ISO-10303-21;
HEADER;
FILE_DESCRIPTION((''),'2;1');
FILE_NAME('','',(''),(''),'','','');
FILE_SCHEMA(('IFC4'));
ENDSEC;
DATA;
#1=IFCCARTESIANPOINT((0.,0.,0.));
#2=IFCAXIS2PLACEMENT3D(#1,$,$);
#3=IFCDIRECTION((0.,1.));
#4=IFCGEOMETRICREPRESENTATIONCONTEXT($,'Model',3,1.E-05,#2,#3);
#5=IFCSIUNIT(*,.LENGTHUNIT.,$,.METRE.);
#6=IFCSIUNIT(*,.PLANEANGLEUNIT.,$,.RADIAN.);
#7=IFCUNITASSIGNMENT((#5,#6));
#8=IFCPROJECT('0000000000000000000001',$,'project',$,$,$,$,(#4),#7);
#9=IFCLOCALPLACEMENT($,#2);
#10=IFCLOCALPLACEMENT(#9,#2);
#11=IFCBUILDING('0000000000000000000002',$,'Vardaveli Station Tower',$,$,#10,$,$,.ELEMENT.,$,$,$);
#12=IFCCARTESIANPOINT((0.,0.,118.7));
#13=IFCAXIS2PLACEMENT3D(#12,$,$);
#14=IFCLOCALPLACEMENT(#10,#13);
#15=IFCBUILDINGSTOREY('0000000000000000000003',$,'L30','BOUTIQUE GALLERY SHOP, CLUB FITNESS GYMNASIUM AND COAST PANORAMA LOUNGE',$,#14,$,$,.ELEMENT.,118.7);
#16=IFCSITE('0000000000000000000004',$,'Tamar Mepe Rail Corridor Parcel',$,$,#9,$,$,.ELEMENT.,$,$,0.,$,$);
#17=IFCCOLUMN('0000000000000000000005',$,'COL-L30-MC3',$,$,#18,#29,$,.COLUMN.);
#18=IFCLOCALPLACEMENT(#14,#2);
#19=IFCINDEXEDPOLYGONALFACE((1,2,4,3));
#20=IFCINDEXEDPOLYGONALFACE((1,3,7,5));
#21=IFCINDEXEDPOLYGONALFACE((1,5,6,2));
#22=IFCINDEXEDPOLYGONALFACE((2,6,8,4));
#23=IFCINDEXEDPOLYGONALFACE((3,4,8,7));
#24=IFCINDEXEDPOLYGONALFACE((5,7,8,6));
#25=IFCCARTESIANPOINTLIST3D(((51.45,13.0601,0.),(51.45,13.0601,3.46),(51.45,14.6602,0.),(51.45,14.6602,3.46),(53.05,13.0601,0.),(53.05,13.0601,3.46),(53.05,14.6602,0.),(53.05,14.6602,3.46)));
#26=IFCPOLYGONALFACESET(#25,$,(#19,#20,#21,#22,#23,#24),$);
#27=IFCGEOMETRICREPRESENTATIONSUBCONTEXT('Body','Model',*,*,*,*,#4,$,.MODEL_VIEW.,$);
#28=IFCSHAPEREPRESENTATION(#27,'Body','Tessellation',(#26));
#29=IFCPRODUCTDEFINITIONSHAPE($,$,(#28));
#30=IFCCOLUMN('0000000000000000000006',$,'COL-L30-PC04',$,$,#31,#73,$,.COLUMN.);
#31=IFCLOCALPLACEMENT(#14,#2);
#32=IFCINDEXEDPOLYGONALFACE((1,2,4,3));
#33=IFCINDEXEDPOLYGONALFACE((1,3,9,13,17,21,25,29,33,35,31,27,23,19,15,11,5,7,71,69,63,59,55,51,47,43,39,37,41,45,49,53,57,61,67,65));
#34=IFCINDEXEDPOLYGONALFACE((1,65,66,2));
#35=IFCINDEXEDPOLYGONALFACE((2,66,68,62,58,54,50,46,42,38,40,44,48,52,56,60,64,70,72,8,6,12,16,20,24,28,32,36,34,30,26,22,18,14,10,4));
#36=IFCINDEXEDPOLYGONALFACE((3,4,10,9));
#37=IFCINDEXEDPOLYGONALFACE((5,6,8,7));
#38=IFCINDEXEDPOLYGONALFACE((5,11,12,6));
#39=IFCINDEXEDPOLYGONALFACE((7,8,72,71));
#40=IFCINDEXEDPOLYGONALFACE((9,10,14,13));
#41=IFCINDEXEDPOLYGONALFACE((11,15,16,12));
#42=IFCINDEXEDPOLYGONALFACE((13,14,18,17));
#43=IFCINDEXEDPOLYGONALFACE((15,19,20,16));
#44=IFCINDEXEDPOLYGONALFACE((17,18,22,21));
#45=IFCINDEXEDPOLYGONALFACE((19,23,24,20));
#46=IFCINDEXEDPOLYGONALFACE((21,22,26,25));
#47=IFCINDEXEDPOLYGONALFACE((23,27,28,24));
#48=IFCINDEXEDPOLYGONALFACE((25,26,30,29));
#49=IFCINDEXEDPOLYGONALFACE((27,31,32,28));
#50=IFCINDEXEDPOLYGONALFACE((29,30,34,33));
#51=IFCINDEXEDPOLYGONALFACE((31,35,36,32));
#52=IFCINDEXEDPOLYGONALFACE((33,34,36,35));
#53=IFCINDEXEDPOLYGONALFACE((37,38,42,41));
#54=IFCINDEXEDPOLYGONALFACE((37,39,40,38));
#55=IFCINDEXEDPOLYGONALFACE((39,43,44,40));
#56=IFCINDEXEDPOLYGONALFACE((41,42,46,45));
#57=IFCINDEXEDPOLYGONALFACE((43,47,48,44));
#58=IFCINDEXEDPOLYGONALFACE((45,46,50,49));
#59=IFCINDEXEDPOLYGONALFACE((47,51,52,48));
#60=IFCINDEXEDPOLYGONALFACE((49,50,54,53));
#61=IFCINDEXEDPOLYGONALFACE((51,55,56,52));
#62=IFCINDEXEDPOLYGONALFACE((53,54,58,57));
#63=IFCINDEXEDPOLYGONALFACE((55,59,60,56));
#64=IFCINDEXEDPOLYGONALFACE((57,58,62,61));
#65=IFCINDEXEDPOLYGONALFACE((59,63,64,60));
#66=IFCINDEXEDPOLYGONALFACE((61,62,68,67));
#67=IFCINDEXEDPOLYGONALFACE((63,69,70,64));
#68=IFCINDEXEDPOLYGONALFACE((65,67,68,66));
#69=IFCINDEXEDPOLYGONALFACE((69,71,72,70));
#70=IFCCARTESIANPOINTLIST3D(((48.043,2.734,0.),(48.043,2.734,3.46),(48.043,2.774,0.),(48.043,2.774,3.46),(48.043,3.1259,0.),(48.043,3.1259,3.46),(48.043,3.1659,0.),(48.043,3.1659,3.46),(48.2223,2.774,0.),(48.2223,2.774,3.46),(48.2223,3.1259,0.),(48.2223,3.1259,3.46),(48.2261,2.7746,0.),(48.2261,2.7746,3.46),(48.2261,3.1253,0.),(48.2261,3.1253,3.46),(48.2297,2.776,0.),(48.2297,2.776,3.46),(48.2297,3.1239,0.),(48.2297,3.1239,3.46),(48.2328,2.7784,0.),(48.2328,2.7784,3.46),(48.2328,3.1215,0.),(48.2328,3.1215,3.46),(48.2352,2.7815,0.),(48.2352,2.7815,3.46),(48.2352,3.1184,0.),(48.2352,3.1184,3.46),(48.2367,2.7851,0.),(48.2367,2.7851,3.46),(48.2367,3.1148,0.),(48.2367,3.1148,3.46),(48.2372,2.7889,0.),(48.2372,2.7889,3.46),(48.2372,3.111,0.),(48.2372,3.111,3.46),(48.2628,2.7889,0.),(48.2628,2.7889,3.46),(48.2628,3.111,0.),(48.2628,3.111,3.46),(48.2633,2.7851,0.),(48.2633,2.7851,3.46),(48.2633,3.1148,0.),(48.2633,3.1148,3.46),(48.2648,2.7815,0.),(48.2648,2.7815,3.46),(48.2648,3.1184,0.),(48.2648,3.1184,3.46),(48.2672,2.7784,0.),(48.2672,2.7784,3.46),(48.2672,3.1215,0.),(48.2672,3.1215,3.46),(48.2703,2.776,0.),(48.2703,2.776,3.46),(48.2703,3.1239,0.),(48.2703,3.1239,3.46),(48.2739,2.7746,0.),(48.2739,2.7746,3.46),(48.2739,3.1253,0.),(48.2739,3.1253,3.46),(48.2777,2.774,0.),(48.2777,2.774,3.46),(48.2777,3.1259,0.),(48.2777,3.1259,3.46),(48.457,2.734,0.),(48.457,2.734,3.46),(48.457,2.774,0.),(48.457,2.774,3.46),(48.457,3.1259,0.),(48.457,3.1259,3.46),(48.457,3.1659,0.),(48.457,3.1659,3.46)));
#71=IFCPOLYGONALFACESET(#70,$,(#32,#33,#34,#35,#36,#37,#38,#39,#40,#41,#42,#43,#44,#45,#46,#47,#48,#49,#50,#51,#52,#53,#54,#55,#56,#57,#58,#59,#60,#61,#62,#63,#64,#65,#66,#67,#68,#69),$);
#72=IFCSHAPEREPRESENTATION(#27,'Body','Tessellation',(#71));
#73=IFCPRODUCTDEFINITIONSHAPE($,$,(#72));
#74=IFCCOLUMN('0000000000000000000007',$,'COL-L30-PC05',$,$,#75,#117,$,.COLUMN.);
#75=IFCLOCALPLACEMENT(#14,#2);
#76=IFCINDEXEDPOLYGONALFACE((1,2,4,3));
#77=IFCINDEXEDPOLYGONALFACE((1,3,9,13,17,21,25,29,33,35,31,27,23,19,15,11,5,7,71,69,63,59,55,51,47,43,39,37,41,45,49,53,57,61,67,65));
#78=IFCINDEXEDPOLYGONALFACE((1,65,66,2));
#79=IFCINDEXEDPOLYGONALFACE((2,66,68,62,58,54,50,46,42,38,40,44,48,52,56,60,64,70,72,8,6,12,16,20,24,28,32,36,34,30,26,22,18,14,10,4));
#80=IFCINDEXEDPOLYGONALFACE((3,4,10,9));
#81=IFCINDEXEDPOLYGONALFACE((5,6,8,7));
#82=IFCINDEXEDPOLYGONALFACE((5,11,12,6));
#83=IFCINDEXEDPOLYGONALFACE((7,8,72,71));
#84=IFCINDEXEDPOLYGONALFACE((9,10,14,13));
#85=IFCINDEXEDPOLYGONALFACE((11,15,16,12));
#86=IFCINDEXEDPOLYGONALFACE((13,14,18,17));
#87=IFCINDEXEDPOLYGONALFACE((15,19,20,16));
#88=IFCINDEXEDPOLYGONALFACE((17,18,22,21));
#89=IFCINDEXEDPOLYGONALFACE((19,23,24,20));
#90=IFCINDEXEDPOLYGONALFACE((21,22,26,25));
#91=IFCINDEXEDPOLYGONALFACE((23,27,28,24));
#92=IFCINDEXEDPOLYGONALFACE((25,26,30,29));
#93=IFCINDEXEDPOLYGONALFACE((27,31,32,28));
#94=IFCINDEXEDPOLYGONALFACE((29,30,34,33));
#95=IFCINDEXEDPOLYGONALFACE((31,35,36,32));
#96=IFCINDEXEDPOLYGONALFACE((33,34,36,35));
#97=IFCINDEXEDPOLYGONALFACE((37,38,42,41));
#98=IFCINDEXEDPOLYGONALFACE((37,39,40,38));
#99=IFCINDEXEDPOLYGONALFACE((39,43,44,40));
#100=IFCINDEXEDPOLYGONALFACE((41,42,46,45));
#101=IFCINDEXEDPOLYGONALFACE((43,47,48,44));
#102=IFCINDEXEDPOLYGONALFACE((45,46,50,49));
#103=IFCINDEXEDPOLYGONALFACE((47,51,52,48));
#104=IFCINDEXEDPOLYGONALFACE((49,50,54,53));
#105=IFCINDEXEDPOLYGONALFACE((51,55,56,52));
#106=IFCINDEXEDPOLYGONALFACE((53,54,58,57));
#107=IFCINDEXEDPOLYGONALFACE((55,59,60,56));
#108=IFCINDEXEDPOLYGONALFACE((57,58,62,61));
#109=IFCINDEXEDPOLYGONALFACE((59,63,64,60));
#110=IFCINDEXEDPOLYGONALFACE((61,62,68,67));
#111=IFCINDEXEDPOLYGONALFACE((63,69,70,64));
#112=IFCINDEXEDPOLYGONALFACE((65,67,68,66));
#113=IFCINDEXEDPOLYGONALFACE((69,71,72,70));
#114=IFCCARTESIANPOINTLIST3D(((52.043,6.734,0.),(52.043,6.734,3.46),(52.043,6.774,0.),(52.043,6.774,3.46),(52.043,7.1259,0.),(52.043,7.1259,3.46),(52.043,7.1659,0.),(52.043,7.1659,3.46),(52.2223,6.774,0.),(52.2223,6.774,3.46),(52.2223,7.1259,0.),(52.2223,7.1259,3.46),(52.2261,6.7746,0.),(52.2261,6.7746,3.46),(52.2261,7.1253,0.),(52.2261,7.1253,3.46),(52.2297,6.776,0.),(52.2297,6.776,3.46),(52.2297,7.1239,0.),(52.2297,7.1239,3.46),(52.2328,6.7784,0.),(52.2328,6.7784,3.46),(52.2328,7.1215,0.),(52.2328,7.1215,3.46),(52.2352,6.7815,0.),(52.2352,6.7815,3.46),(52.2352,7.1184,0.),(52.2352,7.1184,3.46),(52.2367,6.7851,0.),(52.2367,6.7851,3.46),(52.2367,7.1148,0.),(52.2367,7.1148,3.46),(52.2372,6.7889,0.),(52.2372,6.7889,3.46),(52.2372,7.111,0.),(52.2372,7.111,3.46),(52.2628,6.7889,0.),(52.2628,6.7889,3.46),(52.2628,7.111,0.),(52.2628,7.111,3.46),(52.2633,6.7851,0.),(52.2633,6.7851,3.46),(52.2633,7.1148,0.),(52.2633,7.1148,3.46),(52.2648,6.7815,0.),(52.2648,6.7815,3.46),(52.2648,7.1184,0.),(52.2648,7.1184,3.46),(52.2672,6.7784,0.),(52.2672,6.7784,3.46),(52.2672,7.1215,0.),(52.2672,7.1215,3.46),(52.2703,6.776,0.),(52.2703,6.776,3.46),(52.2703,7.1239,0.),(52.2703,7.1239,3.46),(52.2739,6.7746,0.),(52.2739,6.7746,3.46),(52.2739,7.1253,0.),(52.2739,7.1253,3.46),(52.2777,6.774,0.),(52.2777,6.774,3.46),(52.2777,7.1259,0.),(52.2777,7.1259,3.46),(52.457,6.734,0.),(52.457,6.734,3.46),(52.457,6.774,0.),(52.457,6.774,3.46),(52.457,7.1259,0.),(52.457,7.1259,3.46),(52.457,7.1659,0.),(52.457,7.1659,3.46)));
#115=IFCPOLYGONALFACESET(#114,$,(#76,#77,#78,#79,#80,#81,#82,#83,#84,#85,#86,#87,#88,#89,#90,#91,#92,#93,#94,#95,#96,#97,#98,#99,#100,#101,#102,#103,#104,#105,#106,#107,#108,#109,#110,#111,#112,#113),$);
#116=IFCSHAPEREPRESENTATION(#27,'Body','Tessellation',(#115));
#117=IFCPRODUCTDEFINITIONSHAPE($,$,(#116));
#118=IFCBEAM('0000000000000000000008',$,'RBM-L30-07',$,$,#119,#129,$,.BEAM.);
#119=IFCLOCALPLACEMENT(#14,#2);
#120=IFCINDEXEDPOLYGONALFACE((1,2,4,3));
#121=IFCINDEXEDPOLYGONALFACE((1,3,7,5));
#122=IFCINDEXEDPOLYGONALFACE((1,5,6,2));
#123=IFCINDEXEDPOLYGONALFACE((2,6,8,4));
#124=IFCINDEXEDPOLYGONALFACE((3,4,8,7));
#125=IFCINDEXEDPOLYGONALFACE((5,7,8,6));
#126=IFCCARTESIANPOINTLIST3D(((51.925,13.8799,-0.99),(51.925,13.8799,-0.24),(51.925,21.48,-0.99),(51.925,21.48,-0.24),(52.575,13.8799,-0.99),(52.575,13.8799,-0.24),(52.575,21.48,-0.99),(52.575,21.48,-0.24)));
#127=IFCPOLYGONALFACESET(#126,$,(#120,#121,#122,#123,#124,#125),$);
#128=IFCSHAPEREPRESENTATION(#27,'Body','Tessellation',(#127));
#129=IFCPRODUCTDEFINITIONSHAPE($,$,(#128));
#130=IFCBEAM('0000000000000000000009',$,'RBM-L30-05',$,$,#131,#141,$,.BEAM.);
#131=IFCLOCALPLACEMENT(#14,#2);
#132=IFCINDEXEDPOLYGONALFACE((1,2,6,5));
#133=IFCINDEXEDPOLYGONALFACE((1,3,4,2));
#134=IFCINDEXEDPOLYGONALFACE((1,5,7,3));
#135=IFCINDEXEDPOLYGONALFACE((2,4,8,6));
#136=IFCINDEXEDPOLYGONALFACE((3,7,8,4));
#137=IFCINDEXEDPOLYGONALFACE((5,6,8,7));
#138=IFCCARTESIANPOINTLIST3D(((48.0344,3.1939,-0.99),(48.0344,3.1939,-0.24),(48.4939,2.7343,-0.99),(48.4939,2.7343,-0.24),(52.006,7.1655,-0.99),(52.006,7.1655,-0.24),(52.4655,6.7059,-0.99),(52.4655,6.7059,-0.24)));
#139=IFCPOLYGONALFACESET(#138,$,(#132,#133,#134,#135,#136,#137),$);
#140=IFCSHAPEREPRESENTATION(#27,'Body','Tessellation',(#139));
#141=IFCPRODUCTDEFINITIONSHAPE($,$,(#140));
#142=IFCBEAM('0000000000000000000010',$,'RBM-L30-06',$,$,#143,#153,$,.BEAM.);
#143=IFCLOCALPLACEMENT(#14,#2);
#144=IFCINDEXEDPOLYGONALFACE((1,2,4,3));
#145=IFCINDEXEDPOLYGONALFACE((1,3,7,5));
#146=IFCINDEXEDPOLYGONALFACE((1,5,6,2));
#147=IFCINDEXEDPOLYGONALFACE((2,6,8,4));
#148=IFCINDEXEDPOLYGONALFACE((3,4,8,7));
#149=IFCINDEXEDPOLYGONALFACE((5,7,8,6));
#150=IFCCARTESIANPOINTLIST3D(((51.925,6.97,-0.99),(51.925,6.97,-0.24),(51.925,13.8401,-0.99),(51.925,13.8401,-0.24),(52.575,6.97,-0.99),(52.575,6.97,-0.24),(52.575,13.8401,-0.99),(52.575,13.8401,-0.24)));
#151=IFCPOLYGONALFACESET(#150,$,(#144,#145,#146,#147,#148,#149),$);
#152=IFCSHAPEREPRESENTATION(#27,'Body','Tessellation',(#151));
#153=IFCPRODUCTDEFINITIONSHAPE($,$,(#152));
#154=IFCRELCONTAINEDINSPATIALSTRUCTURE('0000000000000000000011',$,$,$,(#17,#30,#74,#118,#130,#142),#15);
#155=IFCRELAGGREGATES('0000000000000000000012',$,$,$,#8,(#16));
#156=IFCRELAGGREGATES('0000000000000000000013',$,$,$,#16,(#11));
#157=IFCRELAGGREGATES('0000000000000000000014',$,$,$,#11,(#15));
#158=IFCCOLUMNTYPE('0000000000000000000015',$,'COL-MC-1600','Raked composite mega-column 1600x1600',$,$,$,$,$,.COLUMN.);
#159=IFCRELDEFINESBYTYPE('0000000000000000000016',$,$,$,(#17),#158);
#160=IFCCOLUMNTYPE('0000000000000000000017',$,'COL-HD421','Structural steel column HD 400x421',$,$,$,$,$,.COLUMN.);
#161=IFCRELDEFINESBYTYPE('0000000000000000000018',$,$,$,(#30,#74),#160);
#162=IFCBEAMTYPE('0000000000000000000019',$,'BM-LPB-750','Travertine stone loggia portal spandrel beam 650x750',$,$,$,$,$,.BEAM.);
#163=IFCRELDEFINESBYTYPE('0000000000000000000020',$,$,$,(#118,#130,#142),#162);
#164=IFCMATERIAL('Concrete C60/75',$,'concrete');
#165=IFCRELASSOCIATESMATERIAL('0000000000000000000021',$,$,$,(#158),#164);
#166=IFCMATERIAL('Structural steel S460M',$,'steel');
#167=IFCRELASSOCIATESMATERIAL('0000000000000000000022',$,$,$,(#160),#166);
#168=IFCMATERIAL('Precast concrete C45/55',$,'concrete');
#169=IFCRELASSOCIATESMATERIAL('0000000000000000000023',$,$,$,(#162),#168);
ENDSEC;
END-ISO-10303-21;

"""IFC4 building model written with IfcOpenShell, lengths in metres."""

from ifc_helpers import new_model, si_unit, direction, frame, origin, origin_2d, place, context, subcontext, project, spatial, rectangle, i_section, extrude, source, transform, mapped, material, material_profile, profile_set, type_object, element, save


model = new_model("IFC4")

# Units and contexts
model_context = context("Model", 3, precision=1e-05, world=origin(), true_north=direction((0.0, 1.0)))
body_context = subcontext(model_context, "Body", "Model", "MODEL_VIEW")
ifc_project = project(units=[si_unit("LENGTHUNIT", "METRE"), si_unit("PLANEANGLEUNIT", "RADIAN")], contexts=[model_context])

# Site, building, storey
site_placement = place(None, origin())
site = spatial("IfcSite", under=ifc_project, at=site_placement, Name="Tamar Mepe Rail Corridor Parcel", CompositionType="ELEMENT", RefElevation=0.0)
building_placement = place(site_placement, origin())
building = spatial("IfcBuilding", under=site, at=building_placement, Name="Vardaveli Station Tower", CompositionType="ELEMENT")
storey_placement = place(building_placement, frame((0.0, 0.0, 118.7)))
storey = spatial("IfcBuildingStorey", under=building, at=storey_placement, Name="L30", Description="BOUTIQUE GALLERY SHOP, CLUB FITNESS GYMNASIUM AND COAST PANORAMA LOUNGE", CompositionType="ELEMENT", Elevation=118.7)

# Columns
ifc_material_1 = material(Name="Concrete C60/75", Category="concrete")
ifc_material_profile_1 = material_profile(ifc_material_1, rectangle(XDim=1.6001, YDim=1.6001, at=origin_2d()), Name="MC 1600x1600")
ifc_profile_set_1 = profile_set([ifc_material_profile_1], Name="Concrete C60/75")
column_type_1 = type_object("IfcColumnType", Name="COL-MC-1600", Description="Raked composite mega-column 1600x1600", PredefinedType="COLUMN", material=ifc_profile_set_1)
shared_shape_1 = source(origin(), body_context, "Body", "SweptSolid", [
    extrude(rectangle(XDim=1.6001, YDim=1.6001, at=origin_2d()), origin(), (0.0, 0.0, 1.0), 3.46),
])
column_placement = place(storey_placement, frame((52.25, 13.8601, 0.0), z_axis=(0.0, 0.0, 1.0), x_axis=(1.0, 0.0, 0.0)))
element("IfcColumn", 1, at=column_placement, inside=storey, type_object=column_type_1, Name="COL-L30-MC3", PredefinedType="COLUMN", context=body_context, shape_type="MappedRepresentation", body=[
    mapped(shared_shape_1, transform((0.0, 0.0, 0.0), scale=1.0)),
])
ifc_material_2 = material(Name="Structural steel S460M", Category="steel")
ifc_material_profile_2 = material_profile(ifc_material_2, i_section(OverallWidth=0.4141, OverallDepth=0.4319, WebThickness=0.0256, FlangeThickness=0.04, FilletRadius=0.0149, at=origin_2d()), Name="HD 400x421")
ifc_profile_set_2 = profile_set([ifc_material_profile_2], Name="Structural steel S460M")
column_type_2 = type_object("IfcColumnType", Name="COL-HD421", Description="Structural steel column HD 400x421", PredefinedType="COLUMN", material=ifc_profile_set_2)
shared_shape_2 = source(origin(), body_context, "Body", "SweptSolid", [
    extrude(i_section(OverallWidth=0.4141, OverallDepth=0.4319, WebThickness=0.0256, FlangeThickness=0.04, FilletRadius=0.0149, at=origin_2d()), origin(), (0.0, 0.0, 1.0), 3.46),
])
for number, where, z_axis, x_axis, name in (
    (2, (48.25, 2.95, 0.0), (0.0, 0.0, 1.0), (1.0, 0.0, 0.0), "COL-L30-PC04"),
    (3, (52.25, 6.95, 0.0), (0.0, 0.0, 1.0), (1.0, 0.0, 0.0), "COL-L30-PC05"),
):
    element("IfcColumn", number, at=place(storey_placement, frame(where, z_axis=z_axis, x_axis=x_axis)), inside=storey, type_object=column_type_2, Name=name, PredefinedType="COLUMN", context=body_context, shape_type="MappedRepresentation", body=[
        mapped(shared_shape_2, transform((0.0, 0.0, 0.0), scale=1.0)),
    ])

# Beams
ifc_material_3 = material(Name="Precast concrete C45/55", Category="concrete")
ifc_material_profile_3 = material_profile(ifc_material_3, rectangle(XDim=0.6499, YDim=0.75, at=origin_2d()), Name="LPB 650x750")
ifc_profile_set_3 = profile_set([ifc_material_profile_3], Name="Precast concrete C45/55")
beam_type_1 = type_object("IfcBeamType", Name="BM-LPB-750", Description="Travertine stone loggia portal spandrel beam 650x750", PredefinedType="BEAM", material=ifc_profile_set_3)
shared_shape_3 = source(origin(), body_context, "Body", "SweptSolid", [
    extrude(rectangle(XDim=0.6499, YDim=0.75, at=origin_2d()), origin(), (0.0, 0.0, 1.0), 7.6001),
])
beam_1_placement = place(storey_placement, frame((52.25, 13.8799, -0.615), z_axis=(0.0, 1.0, 0.0), x_axis=(-1.0, 0.0, 0.0)))
element("IfcBeam", 4, at=beam_1_placement, inside=storey, type_object=beam_type_1, Name="RBM-L30-07", PredefinedType="BEAM", context=body_context, shape_type="MappedRepresentation", body=[
    mapped(shared_shape_3, transform((0.0, 0.0, 0.0), scale=1.0)),
])
shared_shape_4 = source(origin(), body_context, "Body", "SweptSolid", [
    extrude(rectangle(XDim=0.6499, YDim=0.75, at=origin_2d()), origin(), (0.0, 0.0, 1.0), 5.6167),
])
beam_2_placement = place(storey_placement, frame((48.2642, 2.9641, -0.615), z_axis=(0.707107, 0.707107, 0.0), x_axis=(-0.707107, 0.707107, 0.0)))
element("IfcBeam", 5, at=beam_2_placement, inside=storey, type_object=beam_type_1, Name="RBM-L30-05", PredefinedType="BEAM", context=body_context, shape_type="MappedRepresentation", body=[
    mapped(shared_shape_4, transform((0.0, 0.0, 0.0), scale=1.0)),
])
shared_shape_5 = source(origin(), body_context, "Body", "SweptSolid", [
    extrude(rectangle(XDim=0.6499, YDim=0.75, at=origin_2d()), origin(), (0.0, 0.0, 1.0), 6.8701),
])
beam_3_placement = place(storey_placement, frame((52.25, 6.97, -0.615), z_axis=(0.0, 1.0, 0.0), x_axis=(-1.0, 0.0, 0.0)))
element("IfcBeam", 6, at=beam_3_placement, inside=storey, type_object=beam_type_1, Name="RBM-L30-06", PredefinedType="BEAM", context=body_context, shape_type="MappedRepresentation", body=[
    mapped(shared_shape_5, transform((0.0, 0.0, 0.0), scale=1.0)),
])

save(model, "model.ifc")
